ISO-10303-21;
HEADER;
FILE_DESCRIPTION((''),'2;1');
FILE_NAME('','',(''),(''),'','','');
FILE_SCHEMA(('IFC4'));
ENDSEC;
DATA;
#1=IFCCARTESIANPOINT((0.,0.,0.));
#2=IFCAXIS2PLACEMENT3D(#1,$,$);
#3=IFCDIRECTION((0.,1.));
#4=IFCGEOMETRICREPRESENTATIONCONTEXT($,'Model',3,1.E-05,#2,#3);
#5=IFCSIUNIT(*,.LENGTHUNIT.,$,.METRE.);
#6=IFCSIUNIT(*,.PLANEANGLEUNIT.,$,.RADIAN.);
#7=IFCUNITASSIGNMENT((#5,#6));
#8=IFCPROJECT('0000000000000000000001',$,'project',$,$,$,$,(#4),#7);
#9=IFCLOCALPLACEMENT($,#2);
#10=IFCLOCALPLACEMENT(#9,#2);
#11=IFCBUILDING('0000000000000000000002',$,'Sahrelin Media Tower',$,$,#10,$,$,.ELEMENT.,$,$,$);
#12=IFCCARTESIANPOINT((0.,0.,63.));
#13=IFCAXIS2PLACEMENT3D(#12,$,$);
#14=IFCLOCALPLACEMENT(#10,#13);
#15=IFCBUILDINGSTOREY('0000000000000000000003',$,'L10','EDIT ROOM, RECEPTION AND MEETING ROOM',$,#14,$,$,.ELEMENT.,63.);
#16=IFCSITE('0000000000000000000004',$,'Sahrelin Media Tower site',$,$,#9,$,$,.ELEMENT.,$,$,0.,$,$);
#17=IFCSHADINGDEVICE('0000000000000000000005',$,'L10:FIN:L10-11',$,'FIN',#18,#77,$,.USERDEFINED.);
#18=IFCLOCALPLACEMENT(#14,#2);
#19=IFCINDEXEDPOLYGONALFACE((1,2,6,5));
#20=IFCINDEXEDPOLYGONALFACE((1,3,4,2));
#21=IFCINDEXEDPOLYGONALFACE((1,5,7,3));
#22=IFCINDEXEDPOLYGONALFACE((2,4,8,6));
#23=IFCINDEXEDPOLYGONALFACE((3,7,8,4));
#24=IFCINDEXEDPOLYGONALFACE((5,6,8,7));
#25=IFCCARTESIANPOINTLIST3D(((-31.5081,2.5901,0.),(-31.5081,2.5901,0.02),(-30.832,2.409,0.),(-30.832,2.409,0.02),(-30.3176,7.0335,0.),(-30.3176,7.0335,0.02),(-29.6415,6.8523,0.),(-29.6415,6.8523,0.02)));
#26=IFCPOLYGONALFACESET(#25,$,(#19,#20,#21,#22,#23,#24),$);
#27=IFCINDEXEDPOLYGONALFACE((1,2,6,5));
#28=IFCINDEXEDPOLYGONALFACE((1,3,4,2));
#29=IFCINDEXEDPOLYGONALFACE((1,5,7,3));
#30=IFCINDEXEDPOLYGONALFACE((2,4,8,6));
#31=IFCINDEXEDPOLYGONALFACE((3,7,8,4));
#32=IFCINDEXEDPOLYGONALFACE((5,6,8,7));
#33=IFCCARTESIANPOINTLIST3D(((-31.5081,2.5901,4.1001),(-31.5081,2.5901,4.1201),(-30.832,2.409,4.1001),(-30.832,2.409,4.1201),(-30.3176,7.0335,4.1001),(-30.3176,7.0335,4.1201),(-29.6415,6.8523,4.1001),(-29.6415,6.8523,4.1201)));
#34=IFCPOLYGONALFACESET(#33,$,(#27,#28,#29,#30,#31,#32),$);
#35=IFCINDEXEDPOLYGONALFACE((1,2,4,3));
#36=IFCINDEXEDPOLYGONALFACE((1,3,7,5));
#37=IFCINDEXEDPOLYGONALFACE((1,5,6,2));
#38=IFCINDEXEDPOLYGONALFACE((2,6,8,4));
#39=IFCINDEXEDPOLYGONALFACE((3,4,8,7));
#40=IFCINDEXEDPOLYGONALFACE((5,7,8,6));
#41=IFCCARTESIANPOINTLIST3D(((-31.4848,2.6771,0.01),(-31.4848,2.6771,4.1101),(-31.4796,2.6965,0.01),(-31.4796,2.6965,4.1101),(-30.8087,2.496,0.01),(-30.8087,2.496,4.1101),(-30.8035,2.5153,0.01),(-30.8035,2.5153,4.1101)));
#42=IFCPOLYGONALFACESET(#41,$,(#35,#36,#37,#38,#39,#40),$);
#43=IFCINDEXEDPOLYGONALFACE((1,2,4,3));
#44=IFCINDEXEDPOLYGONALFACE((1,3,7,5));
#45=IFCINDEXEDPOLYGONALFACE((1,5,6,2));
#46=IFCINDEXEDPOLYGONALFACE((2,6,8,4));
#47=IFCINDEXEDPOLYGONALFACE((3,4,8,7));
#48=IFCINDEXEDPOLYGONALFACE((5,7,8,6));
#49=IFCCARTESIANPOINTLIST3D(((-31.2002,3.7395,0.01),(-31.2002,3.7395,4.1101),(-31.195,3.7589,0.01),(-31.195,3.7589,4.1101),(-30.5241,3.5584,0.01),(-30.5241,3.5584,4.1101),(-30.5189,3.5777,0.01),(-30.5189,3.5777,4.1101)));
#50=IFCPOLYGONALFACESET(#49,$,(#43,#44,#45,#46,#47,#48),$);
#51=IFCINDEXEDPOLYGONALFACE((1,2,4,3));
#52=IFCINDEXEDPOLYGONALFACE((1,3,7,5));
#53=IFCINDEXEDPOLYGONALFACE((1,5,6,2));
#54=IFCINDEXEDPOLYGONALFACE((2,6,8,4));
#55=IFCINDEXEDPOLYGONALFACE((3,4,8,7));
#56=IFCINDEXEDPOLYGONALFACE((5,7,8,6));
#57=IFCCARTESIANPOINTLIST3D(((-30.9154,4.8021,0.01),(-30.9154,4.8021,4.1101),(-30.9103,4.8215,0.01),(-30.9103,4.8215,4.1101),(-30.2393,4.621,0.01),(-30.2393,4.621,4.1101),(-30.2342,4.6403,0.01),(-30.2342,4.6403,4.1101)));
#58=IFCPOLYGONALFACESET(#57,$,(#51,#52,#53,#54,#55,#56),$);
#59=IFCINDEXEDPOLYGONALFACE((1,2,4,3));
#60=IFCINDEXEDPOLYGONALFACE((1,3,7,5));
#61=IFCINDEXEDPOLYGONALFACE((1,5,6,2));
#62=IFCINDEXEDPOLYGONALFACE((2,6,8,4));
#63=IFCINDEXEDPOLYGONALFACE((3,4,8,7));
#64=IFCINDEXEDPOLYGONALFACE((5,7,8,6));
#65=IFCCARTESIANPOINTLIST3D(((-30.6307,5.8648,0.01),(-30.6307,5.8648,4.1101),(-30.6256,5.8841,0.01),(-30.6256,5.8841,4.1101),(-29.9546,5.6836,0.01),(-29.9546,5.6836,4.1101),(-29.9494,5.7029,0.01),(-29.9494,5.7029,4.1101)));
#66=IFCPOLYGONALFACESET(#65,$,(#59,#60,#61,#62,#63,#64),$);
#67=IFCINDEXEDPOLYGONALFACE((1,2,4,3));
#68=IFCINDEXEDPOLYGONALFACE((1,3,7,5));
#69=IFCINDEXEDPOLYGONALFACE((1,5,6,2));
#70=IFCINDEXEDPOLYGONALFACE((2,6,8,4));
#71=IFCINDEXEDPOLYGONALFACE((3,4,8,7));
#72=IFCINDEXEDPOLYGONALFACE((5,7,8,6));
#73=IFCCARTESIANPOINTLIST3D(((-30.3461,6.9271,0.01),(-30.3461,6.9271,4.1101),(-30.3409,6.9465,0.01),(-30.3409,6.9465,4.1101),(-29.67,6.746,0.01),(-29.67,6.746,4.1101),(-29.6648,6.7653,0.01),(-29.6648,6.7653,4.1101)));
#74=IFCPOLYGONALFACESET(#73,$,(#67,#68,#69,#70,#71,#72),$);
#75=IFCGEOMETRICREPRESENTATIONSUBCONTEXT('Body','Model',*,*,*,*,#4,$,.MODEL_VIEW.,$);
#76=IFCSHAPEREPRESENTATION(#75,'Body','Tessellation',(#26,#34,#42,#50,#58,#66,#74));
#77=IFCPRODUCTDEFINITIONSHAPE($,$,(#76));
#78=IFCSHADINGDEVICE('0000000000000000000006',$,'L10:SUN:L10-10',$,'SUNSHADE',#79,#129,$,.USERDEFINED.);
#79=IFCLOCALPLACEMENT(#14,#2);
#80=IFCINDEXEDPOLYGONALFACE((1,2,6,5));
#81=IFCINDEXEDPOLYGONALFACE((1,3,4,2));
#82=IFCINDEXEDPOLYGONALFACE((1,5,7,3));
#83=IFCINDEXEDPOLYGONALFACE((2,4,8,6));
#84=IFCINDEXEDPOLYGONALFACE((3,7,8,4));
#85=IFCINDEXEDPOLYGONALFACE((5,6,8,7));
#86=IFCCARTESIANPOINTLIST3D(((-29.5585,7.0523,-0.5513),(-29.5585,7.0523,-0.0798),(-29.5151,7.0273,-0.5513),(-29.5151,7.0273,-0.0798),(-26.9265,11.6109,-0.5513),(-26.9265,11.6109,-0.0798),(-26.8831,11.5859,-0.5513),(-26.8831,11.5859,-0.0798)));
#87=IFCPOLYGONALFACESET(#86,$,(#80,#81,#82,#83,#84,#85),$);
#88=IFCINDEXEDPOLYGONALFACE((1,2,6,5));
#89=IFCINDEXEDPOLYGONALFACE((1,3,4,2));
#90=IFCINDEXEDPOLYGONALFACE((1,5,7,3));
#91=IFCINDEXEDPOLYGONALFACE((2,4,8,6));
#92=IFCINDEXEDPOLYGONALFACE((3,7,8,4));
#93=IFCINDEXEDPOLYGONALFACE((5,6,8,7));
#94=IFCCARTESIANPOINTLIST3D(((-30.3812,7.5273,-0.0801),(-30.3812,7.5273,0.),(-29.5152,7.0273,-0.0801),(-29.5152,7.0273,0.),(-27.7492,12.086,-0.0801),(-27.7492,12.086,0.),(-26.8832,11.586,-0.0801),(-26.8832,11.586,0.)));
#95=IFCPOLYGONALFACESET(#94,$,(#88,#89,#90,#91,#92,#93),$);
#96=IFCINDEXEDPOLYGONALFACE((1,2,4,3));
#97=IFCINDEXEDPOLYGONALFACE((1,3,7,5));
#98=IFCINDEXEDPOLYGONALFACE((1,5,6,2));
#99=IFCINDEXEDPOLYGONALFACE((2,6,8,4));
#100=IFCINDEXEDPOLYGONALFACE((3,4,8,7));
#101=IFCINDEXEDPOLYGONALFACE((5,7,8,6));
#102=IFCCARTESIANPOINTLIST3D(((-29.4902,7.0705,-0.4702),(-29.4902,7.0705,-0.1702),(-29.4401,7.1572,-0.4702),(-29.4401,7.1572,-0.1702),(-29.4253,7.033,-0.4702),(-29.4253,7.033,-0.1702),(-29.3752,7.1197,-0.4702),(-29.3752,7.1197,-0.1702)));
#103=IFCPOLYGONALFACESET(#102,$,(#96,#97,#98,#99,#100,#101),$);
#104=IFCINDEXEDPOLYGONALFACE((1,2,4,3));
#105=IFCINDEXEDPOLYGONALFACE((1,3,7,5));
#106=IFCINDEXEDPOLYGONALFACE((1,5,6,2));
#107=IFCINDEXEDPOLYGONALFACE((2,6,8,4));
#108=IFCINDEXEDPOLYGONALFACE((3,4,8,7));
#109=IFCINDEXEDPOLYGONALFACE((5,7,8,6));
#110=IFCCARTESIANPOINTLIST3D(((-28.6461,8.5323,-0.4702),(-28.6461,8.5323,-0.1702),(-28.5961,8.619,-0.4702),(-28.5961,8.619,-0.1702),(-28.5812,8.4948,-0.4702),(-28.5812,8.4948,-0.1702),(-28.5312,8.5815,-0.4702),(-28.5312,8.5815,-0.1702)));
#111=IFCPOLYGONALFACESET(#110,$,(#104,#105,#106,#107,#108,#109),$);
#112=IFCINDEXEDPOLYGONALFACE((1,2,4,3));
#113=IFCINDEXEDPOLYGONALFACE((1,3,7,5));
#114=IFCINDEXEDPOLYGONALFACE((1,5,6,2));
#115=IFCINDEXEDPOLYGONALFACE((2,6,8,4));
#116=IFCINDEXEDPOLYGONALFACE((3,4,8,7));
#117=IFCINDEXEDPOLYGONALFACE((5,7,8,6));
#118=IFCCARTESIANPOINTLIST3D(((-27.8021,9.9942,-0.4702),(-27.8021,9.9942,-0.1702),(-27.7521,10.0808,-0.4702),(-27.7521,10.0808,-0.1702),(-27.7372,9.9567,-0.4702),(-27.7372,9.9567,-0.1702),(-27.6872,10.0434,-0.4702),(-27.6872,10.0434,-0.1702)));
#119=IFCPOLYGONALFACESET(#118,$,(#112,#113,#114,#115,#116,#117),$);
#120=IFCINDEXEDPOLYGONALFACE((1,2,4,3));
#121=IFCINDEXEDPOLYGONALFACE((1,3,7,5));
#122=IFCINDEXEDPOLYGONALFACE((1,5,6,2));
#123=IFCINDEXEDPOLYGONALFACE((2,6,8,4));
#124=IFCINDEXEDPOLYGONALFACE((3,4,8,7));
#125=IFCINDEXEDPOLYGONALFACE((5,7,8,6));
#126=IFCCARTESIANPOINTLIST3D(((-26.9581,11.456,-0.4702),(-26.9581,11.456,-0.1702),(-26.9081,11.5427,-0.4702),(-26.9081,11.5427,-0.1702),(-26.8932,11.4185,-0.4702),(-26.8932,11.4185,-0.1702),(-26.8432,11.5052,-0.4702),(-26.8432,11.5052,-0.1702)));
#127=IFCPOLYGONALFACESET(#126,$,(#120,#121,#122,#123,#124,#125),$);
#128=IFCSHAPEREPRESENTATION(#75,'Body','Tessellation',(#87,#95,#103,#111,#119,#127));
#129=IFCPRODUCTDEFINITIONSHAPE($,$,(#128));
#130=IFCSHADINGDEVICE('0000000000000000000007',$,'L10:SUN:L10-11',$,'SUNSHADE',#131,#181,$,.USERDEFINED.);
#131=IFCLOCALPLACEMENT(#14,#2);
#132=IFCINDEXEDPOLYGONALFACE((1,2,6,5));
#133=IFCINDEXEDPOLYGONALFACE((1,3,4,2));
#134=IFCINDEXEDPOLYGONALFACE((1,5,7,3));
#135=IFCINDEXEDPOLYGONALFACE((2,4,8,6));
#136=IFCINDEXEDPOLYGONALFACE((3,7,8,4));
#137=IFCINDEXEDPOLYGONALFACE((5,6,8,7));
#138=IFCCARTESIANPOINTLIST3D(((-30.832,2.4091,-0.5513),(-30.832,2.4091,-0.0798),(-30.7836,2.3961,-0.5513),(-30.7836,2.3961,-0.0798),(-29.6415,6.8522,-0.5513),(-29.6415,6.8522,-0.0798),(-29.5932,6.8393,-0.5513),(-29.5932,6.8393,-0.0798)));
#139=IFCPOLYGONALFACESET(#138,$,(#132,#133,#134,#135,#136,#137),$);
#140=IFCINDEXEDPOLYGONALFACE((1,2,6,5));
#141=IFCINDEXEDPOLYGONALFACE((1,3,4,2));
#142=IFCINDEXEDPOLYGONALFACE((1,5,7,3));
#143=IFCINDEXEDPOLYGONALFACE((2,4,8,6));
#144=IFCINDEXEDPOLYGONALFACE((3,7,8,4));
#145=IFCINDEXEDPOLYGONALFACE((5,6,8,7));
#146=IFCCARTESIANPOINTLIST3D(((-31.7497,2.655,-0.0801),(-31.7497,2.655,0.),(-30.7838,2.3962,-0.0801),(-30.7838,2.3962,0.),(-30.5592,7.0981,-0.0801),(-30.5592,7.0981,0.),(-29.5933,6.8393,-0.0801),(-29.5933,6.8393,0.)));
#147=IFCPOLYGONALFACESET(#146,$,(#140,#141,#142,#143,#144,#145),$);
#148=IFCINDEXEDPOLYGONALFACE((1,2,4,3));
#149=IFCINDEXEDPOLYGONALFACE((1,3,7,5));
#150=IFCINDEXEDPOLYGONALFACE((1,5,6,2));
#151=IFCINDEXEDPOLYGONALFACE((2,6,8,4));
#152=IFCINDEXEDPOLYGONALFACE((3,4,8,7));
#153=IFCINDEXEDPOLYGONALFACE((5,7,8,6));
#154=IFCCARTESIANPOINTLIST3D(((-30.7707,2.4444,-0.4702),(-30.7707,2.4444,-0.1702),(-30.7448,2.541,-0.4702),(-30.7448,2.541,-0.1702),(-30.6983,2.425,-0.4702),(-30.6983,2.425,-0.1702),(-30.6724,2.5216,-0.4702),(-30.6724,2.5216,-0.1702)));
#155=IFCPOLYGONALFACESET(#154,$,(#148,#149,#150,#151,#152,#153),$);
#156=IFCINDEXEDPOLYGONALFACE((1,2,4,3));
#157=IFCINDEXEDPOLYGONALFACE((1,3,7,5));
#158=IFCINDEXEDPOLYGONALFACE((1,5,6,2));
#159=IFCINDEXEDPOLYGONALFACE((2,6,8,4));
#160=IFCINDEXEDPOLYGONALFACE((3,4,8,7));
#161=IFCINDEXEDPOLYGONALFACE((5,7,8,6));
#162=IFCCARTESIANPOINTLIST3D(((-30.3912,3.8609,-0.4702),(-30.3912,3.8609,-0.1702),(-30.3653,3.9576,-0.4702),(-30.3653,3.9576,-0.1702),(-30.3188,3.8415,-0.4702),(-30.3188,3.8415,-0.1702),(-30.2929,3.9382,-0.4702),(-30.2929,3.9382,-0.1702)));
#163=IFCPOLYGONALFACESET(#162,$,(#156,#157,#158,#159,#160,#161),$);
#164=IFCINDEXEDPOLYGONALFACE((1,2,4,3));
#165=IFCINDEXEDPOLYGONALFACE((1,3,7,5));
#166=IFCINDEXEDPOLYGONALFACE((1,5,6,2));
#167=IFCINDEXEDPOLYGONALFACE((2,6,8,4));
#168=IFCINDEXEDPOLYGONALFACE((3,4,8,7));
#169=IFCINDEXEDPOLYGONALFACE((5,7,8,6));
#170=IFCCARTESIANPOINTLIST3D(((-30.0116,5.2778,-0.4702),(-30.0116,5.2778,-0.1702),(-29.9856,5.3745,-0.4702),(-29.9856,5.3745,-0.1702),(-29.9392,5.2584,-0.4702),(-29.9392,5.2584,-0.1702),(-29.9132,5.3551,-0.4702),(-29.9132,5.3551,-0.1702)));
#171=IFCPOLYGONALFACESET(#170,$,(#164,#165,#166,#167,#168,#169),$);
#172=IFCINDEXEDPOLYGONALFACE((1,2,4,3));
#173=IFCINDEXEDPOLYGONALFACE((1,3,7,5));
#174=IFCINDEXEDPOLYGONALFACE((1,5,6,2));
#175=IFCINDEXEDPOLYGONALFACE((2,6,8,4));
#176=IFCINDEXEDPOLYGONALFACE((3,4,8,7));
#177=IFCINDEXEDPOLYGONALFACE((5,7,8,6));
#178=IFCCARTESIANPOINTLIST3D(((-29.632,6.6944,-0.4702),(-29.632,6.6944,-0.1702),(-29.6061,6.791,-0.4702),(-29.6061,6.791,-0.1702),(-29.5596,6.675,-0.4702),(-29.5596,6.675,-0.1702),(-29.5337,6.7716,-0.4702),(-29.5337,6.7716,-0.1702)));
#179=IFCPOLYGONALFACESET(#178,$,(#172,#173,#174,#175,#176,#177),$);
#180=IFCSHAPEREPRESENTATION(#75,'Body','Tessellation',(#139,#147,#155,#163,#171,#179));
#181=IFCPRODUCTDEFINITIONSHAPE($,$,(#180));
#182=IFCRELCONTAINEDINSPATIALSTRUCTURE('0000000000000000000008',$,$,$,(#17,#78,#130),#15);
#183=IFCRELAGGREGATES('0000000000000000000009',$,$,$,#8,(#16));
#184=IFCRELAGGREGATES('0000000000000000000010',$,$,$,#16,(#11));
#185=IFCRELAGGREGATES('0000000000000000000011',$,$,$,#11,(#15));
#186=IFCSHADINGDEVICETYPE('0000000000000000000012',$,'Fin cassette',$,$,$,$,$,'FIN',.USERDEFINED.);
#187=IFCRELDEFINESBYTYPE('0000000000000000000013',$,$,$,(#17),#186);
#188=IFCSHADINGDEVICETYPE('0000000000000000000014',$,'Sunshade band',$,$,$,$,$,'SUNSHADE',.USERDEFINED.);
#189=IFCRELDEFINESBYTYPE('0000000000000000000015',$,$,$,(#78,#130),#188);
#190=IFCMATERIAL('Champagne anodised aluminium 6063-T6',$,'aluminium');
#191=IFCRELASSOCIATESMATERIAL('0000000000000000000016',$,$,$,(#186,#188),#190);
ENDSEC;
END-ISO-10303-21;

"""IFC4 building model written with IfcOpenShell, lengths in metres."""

from ifc_helpers import new_model, si_unit, direction, frame, origin, origin_2d, place, context, subcontext, project, spatial, rectangle, extrude, material, type_object, element, save


model = new_model("IFC4")

# Units and contexts
model_context = context("Model", 3, precision=1e-05, world=origin(), true_north=direction((0.0, 1.0)))
body_context = subcontext(model_context, "Body", "Model", "MODEL_VIEW")
ifc_project = project(units=[si_unit("LENGTHUNIT", "METRE"), si_unit("PLANEANGLEUNIT", "RADIAN")], contexts=[model_context])

# Site, building, storey
site_placement = place(None, origin())
site = spatial("IfcSite", under=ifc_project, at=site_placement, Name="Sahrelin Media Tower site", CompositionType="ELEMENT", RefElevation=0.0)
building_placement = place(site_placement, origin())
building = spatial("IfcBuilding", under=site, at=building_placement, Name="Sahrelin Media Tower", CompositionType="ELEMENT")
storey_placement = place(building_placement, frame((0.0, 0.0, 63.0)))
storey = spatial("IfcBuildingStorey", under=building, at=storey_placement, Name="L10", Description="EDIT ROOM, RECEPTION AND MEETING ROOM", CompositionType="ELEMENT", Elevation=63.0)

# Shared definitions
ifc_material_1 = material(Name="Champagne anodised aluminium 6063-T6", Category="aluminium")

# Shading devices
shading_device_type_1 = type_object("IfcShadingDeviceType", Name="Fin cassette", ElementType="FIN", PredefinedType="USERDEFINED", material=ifc_material_1)
placement_1 = place(storey_placement, frame((-28.1819, 9.2966, 0.0), z_axis=(0.0, 0.0, 1.0), x_axis=(0.500011, 0.866019, 0.0)))
placement_2 = place(storey_placement, frame((-30.1692, 4.6125, 0.0), z_axis=(0.0, 0.0, 1.0), x_axis=(0.258808, 0.965929, 0.0)))
element("IfcShadingDevice", 1, at=placement_2, inside=storey, type_object=shading_device_type_1, Name="L10:FIN:L10-11", ObjectType="FIN", PredefinedType="USERDEFINED", context=body_context, shape_type="SweptSolid", body=[
    extrude(rectangle(XDim=4.6001, YDim=0.7, at=origin_2d()), frame((0.0, 0.4199, 0.0)), (0.0, 0.0, 1.0), 0.02),
    extrude(rectangle(XDim=4.6001, YDim=0.7, at=origin_2d()), frame((0.0, 0.4199, 4.1001)), (0.0, 0.0, 1.0), 0.02),
    extrude(rectangle(XDim=0.02, YDim=0.7, at=origin_2d()), frame((-2.2, 0.4199, 0.01), z_axis=(0.0, 0.0, 1.0), x_axis=(1.0, 0.0, 0.0)), (0.0, 0.0, 1.0), 4.1001),
    extrude(rectangle(XDim=0.02, YDim=0.7, at=origin_2d()), frame((-1.1001, 0.4199, 0.01), z_axis=(0.0, 0.0, 1.0), x_axis=(1.0, 0.0, 0.0)), (0.0, 0.0, 1.0), 4.1001),
    extrude(rectangle(XDim=0.02, YDim=0.7, at=origin_2d()), frame((0.0, 0.4199, 0.01), z_axis=(0.0, 0.0, 1.0), x_axis=(1.0, 0.0, 0.0)), (0.0, 0.0, 1.0), 4.1001),
    extrude(rectangle(XDim=0.02, YDim=0.7, at=origin_2d()), frame((1.1001, 0.4199, 0.01), z_axis=(0.0, 0.0, 1.0), x_axis=(1.0, 0.0, 0.0)), (0.0, 0.0, 1.0), 4.1001),
    extrude(rectangle(XDim=0.02, YDim=0.7, at=origin_2d()), frame((2.2, 0.4199, 0.01), z_axis=(0.0, 0.0, 1.0), x_axis=(1.0, 0.0, 0.0)), (0.0, 0.0, 1.0), 4.1001),
])
shading_device_type_2 = type_object("IfcShadingDeviceType", Name="Sunshade band", ElementType="SUNSHADE", PredefinedType="USERDEFINED", material=ifc_material_1)
element("IfcShadingDevice", 2, at=placement_1, inside=storey, type_object=shading_device_type_2, Name="L10:SUN:L10-10", ObjectType="SUNSHADE", PredefinedType="USERDEFINED", context=body_context, shape_type="SweptSolid", body=[
    extrude(rectangle(XDim=5.2639, YDim=0.05, at=origin_2d()), frame((0.0, 0.0449, -0.5513)), (0.0, 0.0, 1.0), 0.4714),
    extrude(rectangle(XDim=5.2639, YDim=1.0, at=origin_2d()), frame((0.0, 0.52, -0.0801)), (0.0, 0.0, 1.0), 0.0801),
    extrude(rectangle(XDim=0.1001, YDim=0.075, at=origin_2d()), frame((-2.532, -0.0176, -0.4702)), (0.0, 0.0, 1.0), 0.3),
    extrude(rectangle(XDim=0.1001, YDim=0.075, at=origin_2d()), frame((-0.844, -0.0176, -0.4702)), (0.0, 0.0, 1.0), 0.3),
    extrude(rectangle(XDim=0.1001, YDim=0.075, at=origin_2d()), frame((0.844, -0.0176, -0.4702)), (0.0, 0.0, 1.0), 0.3),
    extrude(rectangle(XDim=0.1001, YDim=0.075, at=origin_2d()), frame((2.532, -0.0176, -0.4702)), (0.0, 0.0, 1.0), 0.3),
])
element("IfcShadingDevice", 3, at=placement_2, inside=storey, type_object=shading_device_type_2, Name="L10:SUN:L10-11", ObjectType="SUNSHADE", PredefinedType="USERDEFINED", context=body_context, shape_type="SweptSolid", body=[
    extrude(rectangle(XDim=4.5999, YDim=0.05, at=origin_2d()), frame((0.0, 0.0449, -0.5513)), (0.0, 0.0, 1.0), 0.4714),
    extrude(rectangle(XDim=4.5999, YDim=1.0, at=origin_2d()), frame((0.0, 0.52, -0.0801)), (0.0, 0.0, 1.0), 0.0801),
    extrude(rectangle(XDim=0.1001, YDim=0.075, at=origin_2d()), frame((-2.2, -0.0176, -0.4702)), (0.0, 0.0, 1.0), 0.3),
    extrude(rectangle(XDim=0.1001, YDim=0.075, at=origin_2d()), frame((-0.7334, -0.0176, -0.4702)), (0.0, 0.0, 1.0), 0.3),
    extrude(rectangle(XDim=0.1001, YDim=0.075, at=origin_2d()), frame((0.7334, -0.0176, -0.4702)), (0.0, 0.0, 1.0), 0.3),
    extrude(rectangle(XDim=0.1001, YDim=0.075, at=origin_2d()), frame((2.2, -0.0176, -0.4702)), (0.0, 0.0, 1.0), 0.3),
])

save(model, "model.ifc")
